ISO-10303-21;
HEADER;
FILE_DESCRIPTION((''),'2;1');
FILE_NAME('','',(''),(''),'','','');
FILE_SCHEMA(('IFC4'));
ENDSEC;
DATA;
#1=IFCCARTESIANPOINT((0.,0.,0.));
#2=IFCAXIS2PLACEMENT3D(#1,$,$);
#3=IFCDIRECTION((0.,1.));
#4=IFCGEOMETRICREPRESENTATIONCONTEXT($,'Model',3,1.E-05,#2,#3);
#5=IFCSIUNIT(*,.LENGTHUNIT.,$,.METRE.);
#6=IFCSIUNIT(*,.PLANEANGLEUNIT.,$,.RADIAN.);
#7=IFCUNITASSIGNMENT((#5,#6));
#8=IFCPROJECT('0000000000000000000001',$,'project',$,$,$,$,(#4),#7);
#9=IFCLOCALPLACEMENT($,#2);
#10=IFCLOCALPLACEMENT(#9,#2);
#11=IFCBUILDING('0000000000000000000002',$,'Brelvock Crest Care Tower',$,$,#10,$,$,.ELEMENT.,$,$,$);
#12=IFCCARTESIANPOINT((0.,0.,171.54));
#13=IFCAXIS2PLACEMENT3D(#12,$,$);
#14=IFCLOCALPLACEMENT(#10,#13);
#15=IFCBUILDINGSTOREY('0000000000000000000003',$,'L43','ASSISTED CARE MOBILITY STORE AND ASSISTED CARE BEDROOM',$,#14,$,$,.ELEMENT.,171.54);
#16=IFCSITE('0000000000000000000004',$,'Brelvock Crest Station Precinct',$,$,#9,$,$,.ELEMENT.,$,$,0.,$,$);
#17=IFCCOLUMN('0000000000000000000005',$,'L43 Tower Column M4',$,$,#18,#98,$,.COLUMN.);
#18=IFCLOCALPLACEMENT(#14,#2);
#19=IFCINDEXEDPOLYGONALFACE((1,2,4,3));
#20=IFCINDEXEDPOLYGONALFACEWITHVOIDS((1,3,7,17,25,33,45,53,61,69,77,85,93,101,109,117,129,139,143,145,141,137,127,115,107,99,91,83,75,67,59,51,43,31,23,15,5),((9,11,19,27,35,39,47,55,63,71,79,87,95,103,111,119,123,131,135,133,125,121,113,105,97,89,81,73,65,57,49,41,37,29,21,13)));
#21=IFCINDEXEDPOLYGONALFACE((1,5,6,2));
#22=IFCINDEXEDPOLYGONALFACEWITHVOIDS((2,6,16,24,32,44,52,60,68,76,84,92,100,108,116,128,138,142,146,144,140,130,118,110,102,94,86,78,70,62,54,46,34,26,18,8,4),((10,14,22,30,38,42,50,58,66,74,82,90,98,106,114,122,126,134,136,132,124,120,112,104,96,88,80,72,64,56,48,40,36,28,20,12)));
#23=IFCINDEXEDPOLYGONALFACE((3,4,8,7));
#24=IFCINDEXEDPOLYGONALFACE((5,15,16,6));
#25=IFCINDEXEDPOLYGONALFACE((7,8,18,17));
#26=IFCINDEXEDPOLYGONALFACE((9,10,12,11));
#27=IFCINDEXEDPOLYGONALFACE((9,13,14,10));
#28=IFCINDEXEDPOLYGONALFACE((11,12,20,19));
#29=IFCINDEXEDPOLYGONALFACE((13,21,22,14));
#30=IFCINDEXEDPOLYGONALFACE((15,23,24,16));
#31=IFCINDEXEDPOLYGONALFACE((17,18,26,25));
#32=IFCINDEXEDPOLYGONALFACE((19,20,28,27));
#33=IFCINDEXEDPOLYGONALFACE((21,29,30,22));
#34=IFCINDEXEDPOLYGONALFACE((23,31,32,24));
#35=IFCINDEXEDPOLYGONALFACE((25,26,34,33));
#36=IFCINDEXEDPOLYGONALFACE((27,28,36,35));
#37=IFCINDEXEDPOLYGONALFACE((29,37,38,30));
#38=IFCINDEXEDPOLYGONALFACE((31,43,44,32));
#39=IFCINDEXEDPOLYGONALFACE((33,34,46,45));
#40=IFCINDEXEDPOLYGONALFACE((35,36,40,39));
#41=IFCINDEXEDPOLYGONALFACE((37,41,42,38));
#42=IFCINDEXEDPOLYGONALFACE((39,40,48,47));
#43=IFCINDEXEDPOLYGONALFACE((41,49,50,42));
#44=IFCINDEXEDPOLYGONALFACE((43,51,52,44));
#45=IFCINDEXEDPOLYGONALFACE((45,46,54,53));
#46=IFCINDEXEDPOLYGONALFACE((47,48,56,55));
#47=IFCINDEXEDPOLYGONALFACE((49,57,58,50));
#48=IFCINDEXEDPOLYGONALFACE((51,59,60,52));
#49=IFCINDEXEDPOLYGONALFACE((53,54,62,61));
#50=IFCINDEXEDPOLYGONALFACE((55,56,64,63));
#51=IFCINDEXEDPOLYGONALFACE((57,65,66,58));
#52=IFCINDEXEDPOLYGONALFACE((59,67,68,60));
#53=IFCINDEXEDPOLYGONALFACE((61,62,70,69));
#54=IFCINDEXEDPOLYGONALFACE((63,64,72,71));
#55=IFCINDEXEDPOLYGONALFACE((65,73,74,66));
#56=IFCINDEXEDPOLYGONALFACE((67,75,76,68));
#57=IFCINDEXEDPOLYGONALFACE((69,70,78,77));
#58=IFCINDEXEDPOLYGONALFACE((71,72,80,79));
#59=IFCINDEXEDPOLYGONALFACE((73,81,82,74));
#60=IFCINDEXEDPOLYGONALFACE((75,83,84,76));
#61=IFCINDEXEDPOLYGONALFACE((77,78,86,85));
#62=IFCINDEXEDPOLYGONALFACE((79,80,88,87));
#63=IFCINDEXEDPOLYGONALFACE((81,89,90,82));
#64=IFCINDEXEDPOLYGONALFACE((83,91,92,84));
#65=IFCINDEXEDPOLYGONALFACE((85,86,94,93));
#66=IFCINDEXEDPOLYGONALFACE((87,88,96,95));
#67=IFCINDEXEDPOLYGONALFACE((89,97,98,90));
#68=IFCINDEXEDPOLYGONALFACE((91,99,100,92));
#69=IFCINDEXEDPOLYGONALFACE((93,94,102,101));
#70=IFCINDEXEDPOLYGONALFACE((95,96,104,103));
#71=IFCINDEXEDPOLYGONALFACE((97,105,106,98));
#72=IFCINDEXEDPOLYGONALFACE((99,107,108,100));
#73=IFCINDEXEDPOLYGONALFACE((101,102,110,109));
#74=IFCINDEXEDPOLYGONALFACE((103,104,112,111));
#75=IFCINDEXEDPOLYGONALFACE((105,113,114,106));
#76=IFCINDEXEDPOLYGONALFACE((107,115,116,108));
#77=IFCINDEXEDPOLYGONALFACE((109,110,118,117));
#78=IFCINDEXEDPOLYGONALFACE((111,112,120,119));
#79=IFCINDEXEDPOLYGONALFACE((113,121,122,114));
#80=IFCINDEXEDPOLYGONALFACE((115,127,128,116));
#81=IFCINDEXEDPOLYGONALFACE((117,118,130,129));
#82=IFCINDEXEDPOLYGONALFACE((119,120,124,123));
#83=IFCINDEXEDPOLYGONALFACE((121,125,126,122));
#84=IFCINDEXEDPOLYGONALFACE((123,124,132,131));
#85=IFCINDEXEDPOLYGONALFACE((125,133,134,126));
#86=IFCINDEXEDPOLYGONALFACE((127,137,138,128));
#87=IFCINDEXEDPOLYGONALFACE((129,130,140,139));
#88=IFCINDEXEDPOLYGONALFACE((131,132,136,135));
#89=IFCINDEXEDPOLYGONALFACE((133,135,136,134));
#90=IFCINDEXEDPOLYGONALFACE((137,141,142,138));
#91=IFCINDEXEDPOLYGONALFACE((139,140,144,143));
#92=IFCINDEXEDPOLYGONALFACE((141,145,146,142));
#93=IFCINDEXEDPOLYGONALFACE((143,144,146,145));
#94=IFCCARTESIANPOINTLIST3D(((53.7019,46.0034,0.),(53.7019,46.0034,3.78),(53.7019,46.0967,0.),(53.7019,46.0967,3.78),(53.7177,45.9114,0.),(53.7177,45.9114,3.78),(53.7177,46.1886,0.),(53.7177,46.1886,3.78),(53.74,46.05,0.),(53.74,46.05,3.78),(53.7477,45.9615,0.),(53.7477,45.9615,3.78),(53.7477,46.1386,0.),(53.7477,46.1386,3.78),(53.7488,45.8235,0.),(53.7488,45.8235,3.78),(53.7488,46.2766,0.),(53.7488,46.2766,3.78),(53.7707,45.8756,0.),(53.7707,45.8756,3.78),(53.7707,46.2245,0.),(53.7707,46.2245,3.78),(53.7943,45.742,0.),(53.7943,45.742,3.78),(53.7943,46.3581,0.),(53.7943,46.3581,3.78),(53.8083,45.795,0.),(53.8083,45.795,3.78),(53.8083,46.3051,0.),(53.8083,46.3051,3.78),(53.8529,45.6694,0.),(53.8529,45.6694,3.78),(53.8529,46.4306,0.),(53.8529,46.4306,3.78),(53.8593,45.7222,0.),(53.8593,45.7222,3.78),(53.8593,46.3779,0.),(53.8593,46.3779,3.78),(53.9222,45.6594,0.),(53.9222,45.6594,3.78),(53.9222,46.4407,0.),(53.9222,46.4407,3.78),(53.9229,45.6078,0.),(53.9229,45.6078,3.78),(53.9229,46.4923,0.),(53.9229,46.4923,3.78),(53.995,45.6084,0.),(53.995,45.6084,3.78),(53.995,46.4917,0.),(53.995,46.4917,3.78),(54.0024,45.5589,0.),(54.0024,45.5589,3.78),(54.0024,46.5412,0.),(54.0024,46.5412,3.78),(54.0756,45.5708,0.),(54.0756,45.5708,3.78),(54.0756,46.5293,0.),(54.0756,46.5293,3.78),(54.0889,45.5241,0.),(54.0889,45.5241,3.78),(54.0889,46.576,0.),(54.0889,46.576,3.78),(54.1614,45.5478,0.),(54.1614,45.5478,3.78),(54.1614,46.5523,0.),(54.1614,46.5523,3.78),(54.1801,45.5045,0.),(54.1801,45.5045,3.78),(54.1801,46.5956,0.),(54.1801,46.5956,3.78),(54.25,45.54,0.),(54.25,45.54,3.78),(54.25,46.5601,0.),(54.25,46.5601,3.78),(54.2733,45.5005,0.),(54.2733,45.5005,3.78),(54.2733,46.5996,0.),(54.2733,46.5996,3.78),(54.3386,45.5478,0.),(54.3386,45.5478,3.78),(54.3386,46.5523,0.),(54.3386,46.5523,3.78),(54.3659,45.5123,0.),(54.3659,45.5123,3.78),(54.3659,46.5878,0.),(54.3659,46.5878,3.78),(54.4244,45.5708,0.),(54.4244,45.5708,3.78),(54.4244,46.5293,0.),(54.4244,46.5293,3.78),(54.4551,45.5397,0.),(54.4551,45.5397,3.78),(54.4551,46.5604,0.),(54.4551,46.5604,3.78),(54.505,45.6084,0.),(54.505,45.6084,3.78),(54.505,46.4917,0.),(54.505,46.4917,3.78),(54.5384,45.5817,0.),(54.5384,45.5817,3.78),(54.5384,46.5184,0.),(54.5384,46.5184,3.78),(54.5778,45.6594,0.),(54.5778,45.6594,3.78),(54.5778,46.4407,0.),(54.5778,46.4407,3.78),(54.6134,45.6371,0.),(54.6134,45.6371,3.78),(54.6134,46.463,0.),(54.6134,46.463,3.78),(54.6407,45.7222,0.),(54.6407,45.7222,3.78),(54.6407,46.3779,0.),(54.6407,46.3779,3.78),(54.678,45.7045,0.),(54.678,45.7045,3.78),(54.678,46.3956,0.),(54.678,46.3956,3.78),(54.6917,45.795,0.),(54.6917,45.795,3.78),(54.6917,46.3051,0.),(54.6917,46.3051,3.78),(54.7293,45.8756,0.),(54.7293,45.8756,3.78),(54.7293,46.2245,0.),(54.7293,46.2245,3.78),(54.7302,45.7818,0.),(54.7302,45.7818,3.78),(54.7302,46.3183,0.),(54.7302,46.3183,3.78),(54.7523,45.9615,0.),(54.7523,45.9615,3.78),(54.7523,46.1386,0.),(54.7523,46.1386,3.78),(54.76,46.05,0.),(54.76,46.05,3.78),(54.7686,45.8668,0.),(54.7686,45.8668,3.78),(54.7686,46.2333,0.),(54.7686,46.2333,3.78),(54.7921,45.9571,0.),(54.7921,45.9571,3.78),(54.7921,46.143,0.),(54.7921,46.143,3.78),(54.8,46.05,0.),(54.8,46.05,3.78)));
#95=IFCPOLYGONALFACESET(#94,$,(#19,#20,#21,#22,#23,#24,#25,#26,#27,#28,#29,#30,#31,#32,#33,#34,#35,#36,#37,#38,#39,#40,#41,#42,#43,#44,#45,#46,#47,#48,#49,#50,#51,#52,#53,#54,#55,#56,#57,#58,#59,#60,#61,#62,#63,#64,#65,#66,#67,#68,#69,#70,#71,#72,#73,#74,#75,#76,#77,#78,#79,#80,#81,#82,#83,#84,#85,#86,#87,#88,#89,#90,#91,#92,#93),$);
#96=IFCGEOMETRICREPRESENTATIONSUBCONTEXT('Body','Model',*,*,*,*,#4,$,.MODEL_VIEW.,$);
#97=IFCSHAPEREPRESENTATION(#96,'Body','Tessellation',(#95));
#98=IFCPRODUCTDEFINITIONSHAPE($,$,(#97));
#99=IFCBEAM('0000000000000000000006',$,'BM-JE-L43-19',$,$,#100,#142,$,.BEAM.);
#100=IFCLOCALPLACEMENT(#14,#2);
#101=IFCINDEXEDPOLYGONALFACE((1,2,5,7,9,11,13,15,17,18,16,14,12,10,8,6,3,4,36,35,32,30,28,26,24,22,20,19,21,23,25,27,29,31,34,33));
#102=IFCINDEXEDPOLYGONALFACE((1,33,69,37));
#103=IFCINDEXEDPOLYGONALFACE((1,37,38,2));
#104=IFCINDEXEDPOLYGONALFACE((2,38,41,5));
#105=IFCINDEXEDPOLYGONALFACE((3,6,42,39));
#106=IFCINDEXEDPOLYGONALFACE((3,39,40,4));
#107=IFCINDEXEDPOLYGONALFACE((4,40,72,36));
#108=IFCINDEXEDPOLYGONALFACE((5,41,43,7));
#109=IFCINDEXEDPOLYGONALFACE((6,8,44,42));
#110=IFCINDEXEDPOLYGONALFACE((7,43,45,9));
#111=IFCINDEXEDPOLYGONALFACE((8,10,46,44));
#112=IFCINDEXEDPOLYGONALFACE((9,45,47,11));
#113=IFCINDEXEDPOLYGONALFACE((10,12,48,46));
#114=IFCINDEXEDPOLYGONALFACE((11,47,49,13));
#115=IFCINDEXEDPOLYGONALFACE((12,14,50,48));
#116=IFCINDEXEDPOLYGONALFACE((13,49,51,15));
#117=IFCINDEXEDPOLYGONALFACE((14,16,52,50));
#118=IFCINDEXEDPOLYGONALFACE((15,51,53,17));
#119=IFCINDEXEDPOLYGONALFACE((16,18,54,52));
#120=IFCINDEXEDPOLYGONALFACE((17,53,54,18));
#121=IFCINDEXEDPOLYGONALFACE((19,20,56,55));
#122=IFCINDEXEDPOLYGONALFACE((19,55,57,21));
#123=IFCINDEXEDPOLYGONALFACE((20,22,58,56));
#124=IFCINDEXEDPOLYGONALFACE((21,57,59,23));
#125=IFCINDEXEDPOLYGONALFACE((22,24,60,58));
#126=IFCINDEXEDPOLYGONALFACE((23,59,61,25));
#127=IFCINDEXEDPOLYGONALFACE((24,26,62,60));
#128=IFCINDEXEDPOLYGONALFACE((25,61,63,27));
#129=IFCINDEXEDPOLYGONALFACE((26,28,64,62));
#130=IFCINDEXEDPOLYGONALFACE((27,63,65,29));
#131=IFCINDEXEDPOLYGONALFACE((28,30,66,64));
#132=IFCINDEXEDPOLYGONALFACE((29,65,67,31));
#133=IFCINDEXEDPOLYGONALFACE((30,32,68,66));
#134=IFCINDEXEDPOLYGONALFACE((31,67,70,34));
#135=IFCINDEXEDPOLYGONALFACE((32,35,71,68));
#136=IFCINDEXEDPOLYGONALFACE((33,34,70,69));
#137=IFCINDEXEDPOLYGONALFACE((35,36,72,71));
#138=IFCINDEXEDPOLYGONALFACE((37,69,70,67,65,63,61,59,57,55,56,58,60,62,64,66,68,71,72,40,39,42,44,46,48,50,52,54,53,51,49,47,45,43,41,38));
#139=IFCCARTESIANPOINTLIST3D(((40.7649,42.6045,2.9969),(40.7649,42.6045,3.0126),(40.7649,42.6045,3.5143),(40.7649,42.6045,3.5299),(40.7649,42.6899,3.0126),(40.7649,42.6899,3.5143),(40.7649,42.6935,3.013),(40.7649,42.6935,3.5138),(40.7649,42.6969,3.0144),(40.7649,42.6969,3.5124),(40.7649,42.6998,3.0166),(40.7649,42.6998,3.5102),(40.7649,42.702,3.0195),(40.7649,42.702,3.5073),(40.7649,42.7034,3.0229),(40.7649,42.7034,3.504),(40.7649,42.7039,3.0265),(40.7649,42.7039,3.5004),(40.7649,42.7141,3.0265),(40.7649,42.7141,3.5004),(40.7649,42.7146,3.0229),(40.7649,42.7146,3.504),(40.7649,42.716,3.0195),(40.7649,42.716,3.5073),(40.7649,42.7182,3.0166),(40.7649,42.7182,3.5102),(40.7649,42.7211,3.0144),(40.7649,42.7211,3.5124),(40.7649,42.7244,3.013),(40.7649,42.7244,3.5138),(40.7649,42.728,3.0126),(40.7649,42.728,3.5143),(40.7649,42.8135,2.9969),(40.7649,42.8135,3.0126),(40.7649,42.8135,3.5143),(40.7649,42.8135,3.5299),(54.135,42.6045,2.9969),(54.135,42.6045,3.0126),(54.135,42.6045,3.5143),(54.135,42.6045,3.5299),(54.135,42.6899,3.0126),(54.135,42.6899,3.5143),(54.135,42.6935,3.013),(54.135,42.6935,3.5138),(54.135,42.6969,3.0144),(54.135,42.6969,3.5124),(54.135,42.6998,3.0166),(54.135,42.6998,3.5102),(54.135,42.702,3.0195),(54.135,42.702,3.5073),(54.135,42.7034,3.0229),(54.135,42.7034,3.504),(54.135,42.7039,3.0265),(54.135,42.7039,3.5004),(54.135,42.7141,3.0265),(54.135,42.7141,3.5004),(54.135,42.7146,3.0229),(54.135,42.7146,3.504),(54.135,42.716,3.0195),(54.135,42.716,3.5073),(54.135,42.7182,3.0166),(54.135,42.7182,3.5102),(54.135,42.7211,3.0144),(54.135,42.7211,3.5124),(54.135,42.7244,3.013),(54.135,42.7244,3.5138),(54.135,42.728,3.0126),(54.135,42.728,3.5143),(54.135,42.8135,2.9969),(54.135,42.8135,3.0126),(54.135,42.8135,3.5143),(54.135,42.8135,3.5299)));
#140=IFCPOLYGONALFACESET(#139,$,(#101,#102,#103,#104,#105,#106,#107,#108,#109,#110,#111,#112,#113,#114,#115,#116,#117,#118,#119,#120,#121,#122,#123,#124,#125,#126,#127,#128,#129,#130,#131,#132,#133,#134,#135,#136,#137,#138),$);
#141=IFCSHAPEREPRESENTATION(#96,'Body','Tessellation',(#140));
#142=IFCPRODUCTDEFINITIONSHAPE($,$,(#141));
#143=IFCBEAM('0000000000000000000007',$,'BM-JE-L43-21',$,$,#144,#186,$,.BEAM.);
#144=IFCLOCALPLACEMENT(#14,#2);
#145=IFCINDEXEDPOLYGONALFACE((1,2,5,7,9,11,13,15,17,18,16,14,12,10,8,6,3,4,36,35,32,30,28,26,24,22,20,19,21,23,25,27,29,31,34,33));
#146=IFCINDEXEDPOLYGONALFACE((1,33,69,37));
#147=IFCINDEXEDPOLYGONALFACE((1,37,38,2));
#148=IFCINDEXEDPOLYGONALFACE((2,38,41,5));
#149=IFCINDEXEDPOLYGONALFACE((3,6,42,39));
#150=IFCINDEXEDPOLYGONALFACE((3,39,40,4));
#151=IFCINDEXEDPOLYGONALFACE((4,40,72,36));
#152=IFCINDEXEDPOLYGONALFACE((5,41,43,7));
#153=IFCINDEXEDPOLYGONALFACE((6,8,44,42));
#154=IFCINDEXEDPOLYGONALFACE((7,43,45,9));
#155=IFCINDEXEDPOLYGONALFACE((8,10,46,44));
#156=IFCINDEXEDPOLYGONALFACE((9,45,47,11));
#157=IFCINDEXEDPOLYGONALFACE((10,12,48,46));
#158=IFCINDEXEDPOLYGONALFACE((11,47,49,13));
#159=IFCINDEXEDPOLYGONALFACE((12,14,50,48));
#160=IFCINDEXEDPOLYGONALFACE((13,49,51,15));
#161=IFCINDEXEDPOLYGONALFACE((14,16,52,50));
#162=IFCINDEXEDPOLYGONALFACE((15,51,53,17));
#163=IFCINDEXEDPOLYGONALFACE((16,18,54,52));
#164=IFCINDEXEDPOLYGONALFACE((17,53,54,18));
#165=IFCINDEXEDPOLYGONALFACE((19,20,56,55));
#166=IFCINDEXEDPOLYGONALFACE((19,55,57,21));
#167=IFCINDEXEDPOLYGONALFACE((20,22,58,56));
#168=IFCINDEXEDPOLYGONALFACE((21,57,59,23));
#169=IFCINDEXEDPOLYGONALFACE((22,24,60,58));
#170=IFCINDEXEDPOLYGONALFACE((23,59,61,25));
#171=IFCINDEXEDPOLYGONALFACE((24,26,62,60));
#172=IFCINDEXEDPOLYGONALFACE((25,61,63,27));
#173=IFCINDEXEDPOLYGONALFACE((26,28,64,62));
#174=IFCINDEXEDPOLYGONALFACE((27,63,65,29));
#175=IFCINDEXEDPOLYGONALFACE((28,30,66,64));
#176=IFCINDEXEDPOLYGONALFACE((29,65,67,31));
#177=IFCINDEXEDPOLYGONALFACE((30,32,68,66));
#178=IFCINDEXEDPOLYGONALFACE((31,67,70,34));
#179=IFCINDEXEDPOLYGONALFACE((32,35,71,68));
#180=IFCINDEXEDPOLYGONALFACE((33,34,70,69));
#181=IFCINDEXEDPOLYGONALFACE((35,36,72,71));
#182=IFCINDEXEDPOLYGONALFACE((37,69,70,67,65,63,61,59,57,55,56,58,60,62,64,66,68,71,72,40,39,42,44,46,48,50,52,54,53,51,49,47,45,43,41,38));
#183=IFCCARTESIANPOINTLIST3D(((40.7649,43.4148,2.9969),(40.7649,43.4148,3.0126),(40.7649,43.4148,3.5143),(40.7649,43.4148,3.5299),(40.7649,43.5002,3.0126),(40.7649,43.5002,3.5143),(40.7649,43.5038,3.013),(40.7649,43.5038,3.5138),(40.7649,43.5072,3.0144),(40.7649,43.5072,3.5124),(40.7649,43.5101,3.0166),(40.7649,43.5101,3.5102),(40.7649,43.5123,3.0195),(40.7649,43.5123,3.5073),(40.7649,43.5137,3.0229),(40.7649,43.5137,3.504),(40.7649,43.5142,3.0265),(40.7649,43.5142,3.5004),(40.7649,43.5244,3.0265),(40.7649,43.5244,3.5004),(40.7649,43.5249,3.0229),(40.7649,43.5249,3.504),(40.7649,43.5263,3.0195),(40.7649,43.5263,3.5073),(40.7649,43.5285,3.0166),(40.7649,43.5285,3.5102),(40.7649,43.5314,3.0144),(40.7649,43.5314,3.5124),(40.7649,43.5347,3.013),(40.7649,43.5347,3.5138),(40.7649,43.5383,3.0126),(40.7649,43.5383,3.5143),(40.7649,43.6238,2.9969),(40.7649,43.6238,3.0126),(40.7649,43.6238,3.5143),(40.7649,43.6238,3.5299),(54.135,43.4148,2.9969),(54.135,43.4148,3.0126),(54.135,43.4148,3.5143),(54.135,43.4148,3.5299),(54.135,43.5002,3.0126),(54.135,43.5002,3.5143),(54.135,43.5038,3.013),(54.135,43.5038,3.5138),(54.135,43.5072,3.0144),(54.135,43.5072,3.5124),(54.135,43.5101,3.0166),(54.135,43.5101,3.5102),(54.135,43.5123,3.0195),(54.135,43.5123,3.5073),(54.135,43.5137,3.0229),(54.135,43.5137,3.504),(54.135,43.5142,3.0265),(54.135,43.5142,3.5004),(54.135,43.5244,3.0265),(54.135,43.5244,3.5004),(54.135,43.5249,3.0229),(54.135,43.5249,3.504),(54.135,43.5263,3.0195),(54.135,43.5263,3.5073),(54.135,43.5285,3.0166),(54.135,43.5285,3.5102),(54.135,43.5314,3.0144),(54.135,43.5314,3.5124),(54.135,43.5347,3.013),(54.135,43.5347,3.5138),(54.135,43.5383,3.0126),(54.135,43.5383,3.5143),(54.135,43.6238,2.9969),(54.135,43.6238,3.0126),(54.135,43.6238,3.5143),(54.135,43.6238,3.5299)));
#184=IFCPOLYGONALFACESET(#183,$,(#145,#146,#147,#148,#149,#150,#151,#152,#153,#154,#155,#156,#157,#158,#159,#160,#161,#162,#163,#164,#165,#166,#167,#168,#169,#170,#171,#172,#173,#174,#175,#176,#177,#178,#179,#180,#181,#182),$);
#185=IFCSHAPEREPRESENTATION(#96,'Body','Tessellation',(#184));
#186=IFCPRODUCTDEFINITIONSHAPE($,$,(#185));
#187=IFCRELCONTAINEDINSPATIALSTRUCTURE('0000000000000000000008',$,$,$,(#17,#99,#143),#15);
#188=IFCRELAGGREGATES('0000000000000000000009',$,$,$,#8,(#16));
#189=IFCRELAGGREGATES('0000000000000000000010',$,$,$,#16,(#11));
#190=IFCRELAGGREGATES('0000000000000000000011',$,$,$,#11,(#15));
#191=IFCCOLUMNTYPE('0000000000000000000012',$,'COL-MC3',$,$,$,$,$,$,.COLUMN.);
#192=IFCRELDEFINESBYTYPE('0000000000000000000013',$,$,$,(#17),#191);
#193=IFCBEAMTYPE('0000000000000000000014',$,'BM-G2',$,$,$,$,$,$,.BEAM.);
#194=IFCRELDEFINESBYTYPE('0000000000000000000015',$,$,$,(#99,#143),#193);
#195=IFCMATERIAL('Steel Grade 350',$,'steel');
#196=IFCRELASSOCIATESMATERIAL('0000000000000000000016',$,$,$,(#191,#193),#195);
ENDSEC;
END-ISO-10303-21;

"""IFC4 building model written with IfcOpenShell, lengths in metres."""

from ifc_helpers import new_model, si_unit, direction, frame, origin, origin_2d, place, context, subcontext, project, spatial, hollow_circle, i_section, extrude, source, transform, mapped, material, material_profile, profile_set, type_object, element, save


model = new_model("IFC4")

# Units and contexts
model_context = context("Model", 3, precision=1e-05, world=origin(), true_north=direction((0.0, 1.0)))
body_context = subcontext(model_context, "Body", "Model", "MODEL_VIEW")
ifc_project = project(units=[si_unit("LENGTHUNIT", "METRE"), si_unit("PLANEANGLEUNIT", "RADIAN")], contexts=[model_context])

# Site, building, storey
site_placement = place(None, origin())
site = spatial("IfcSite", under=ifc_project, at=site_placement, Name="Brelvock Crest Station Precinct", CompositionType="ELEMENT", RefElevation=0.0)
building_placement = place(site_placement, origin())
building = spatial("IfcBuilding", under=site, at=building_placement, Name="Brelvock Crest Care Tower", CompositionType="ELEMENT")
storey_placement = place(building_placement, frame((0.0, 0.0, 171.54)))
storey = spatial("IfcBuildingStorey", under=building, at=storey_placement, Name="L43", Description="ASSISTED CARE MOBILITY STORE AND ASSISTED CARE BEDROOM", CompositionType="ELEMENT", Elevation=171.54)

# Column
ifc_material_1 = material(Name="Steel Grade 350", Category="steel")
ifc_material_profile_1 = material_profile(ifc_material_1, hollow_circle(Radius=0.55, WallThickness=0.04, at=origin_2d()), Name="CFT1100x40")
ifc_profile_set_1 = profile_set([ifc_material_profile_1], Name="Steel Grade 350")
column_type = type_object("IfcColumnType", Name="COL-MC3", PredefinedType="COLUMN", material=ifc_profile_set_1)
shared_shape_1 = source(origin(), body_context, "Body", "SweptSolid", [
    extrude(hollow_circle(Radius=0.55, WallThickness=0.04, at=origin_2d()), origin(), (0.0, 0.0, 1.0), 3.78),
])
column_placement = place(storey_placement, frame((54.25, 46.05, 0.0), z_axis=(0.0, 0.0, 1.0), x_axis=(1.0, 0.0, 0.0)))
element("IfcColumn", 1, at=column_placement, inside=storey, type_object=column_type, Name="L43 Tower Column M4", PredefinedType="COLUMN", context=body_context, shape_type="MappedRepresentation", body=[
    mapped(shared_shape_1, transform((0.0, 0.0, 0.0), x_axis=(1.0, 0.0, 0.0), y_axis=(0.0, 1.0, 0.0), z_axis=(0.0, 0.0, 1.0), scale=1.0)),
])

# Beams
ifc_material_profile_2 = material_profile(ifc_material_1, i_section(OverallWidth=0.209, OverallDepth=0.533, WebThickness=0.0103, FlangeThickness=0.0156, FilletRadius=0.0139, at=origin_2d()), Name="530UB92.4")
ifc_profile_set_2 = profile_set([ifc_material_profile_2], Name="Steel Grade 350")
beam_type_1 = type_object("IfcBeamType", Name="BM-G2", PredefinedType="BEAM", material=ifc_profile_set_2)
shared_shape_2 = source(origin(), body_context, "Body", "SweptSolid", [
    extrude(i_section(OverallWidth=0.209, OverallDepth=0.533, WebThickness=0.0103, FlangeThickness=0.0156, FilletRadius=0.0139, at=origin_2d()), origin(), (0.0, 0.0, 1.0), 13.3701),
])
for number, where, z_axis, x_axis, name in (
    (2, (40.7649, 42.709, 3.2634), (1.0, 0.0, 0.0), (0.0, 1.0, 0.0), "BM-JE-L43-19"),
    (3, (40.7649, 43.5193, 3.2634), (1.0, 0.0, 0.0), (0.0, 1.0, 0.0), "BM-JE-L43-21"),
):
    element("IfcBeam", number, at=place(storey_placement, frame(where, z_axis=z_axis, x_axis=x_axis)), inside=storey, type_object=beam_type_1, Name=name, PredefinedType="BEAM", context=body_context, shape_type="MappedRepresentation", body=[
        mapped(shared_shape_2, transform((0.0, 0.0, 0.0), x_axis=(1.0, 0.0, 0.0), y_axis=(0.0, 1.0, 0.0), z_axis=(0.0, 0.0, 1.0), scale=1.0)),
    ])

save(model, "model.ifc")
